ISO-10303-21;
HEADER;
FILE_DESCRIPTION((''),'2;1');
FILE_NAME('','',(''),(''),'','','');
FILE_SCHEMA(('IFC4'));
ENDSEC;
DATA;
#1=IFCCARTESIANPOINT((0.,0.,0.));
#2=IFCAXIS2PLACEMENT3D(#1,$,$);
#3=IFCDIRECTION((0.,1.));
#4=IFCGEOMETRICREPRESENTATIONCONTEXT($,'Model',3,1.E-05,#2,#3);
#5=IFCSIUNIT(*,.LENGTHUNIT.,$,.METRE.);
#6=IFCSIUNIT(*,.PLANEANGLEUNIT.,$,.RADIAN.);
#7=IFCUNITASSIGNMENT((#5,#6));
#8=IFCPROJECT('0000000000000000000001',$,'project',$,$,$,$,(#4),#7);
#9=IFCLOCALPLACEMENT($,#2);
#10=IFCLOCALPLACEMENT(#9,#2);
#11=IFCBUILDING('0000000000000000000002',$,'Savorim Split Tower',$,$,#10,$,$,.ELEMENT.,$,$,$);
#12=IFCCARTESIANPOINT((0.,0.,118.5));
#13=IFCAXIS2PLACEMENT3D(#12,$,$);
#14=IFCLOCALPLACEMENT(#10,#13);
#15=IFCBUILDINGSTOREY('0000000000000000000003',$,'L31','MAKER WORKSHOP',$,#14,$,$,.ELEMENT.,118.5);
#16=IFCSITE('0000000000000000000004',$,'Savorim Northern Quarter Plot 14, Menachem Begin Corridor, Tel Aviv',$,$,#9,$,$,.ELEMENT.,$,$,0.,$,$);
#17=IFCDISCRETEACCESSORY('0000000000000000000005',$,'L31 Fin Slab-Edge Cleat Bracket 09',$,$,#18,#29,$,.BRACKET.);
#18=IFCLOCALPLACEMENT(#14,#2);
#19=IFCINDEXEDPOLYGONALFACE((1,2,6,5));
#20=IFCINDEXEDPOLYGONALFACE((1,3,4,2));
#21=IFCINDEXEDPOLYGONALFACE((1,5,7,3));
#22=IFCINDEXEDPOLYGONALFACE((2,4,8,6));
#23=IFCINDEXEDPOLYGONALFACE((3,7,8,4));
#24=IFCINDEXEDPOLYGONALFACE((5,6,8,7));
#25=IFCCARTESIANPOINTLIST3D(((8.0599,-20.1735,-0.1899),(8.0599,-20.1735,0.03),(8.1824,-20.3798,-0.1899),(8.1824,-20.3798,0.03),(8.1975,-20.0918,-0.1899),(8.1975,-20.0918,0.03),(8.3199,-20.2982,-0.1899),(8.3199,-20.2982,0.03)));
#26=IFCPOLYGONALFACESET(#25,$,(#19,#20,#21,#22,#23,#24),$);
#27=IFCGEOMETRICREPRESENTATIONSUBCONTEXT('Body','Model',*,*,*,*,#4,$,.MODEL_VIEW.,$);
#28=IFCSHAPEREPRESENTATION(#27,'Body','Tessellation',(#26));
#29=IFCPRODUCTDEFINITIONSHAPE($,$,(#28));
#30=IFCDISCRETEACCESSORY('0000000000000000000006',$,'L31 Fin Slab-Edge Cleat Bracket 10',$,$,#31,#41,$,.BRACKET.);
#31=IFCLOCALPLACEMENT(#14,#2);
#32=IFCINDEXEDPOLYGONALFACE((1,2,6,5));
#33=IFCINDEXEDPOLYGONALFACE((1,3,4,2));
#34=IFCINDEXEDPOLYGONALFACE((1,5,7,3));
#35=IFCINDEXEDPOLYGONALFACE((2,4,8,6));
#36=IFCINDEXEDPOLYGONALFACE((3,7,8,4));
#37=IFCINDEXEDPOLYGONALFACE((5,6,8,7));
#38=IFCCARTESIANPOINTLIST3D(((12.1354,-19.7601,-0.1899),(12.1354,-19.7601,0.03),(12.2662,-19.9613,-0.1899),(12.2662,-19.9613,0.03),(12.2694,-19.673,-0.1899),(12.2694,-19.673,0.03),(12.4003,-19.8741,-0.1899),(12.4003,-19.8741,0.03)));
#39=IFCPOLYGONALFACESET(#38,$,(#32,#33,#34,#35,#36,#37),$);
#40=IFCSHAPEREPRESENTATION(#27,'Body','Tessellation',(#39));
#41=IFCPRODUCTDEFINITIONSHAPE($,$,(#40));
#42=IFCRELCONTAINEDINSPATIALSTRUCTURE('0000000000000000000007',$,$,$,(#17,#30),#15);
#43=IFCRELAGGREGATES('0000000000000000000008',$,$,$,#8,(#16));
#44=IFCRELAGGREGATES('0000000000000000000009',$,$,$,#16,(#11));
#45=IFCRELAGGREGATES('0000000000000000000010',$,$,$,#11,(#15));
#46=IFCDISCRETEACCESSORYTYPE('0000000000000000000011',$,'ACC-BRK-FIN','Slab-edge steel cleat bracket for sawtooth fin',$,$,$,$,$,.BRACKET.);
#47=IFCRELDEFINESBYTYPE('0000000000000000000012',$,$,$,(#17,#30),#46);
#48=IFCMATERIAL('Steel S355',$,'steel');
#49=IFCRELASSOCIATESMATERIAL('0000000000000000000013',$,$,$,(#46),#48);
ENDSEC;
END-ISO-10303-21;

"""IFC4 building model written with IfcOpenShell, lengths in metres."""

from ifc_helpers import new_model, si_unit, direction, frame, origin, origin_2d, place, context, subcontext, project, spatial, rectangle, extrude, material, type_object, element, save


model = new_model("IFC4")

# Units and contexts
model_context = context("Model", 3, precision=1e-05, world=origin(), true_north=direction((0.0, 1.0)))
body_context = subcontext(model_context, "Body", "Model", "MODEL_VIEW")
ifc_project = project(units=[si_unit("LENGTHUNIT", "METRE"), si_unit("PLANEANGLEUNIT", "RADIAN")], contexts=[model_context])

# Site, building, storey
site_placement = place(None, origin())
site = spatial("IfcSite", under=ifc_project, at=site_placement, Name="Savorim Northern Quarter Plot 14, Menachem Begin Corridor, Tel Aviv", CompositionType="ELEMENT", RefElevation=0.0)
building_placement = place(site_placement, origin())
building = spatial("IfcBuilding", under=site, at=building_placement, Name="Savorim Split Tower", CompositionType="ELEMENT")
storey_placement = place(building_placement, frame((0.0, 0.0, 118.5)))
storey = spatial("IfcBuildingStorey", under=building, at=storey_placement, Name="L31", Description="MAKER WORKSHOP", CompositionType="ELEMENT", Elevation=118.5)

# Shared definitions
ifc_material_1 = material(Name="Steel S355", Category="steel")

# Discrete accessories
discrete_accessory_type = type_object("IfcDiscreteAccessoryType", Name="ACC-BRK-FIN", Description="Slab-edge steel cleat bracket for sawtooth fin", PredefinedType="BRACKET", material=ifc_material_1)
for number, where, z_axis, x_axis, name in (
    (1, (8.1899, -20.2358, -0.1899), (0.0, 0.0, 1.0), (0.510391, -0.859942, 0.0), "L31 Fin Slab-Edge Cleat Bracket 09"),
    (2, (12.2678, -19.8171, -0.1899), (0.0, 0.0, 1.0), (0.545148, -0.83834, 0.0), "L31 Fin Slab-Edge Cleat Bracket 10"),
):
    element("IfcDiscreteAccessory", number, at=place(storey_placement, frame(where, z_axis=z_axis, x_axis=x_axis)), inside=storey, type_object=discrete_accessory_type, Name=name, PredefinedType="BRACKET", context=body_context, shape_type="SweptSolid", body=[
        extrude(rectangle(XDim=0.24, YDim=0.1599, at=origin_2d()), origin(), (0.0, 0.0, 1.0), 0.22),
    ])

save(model, "model.ifc")
